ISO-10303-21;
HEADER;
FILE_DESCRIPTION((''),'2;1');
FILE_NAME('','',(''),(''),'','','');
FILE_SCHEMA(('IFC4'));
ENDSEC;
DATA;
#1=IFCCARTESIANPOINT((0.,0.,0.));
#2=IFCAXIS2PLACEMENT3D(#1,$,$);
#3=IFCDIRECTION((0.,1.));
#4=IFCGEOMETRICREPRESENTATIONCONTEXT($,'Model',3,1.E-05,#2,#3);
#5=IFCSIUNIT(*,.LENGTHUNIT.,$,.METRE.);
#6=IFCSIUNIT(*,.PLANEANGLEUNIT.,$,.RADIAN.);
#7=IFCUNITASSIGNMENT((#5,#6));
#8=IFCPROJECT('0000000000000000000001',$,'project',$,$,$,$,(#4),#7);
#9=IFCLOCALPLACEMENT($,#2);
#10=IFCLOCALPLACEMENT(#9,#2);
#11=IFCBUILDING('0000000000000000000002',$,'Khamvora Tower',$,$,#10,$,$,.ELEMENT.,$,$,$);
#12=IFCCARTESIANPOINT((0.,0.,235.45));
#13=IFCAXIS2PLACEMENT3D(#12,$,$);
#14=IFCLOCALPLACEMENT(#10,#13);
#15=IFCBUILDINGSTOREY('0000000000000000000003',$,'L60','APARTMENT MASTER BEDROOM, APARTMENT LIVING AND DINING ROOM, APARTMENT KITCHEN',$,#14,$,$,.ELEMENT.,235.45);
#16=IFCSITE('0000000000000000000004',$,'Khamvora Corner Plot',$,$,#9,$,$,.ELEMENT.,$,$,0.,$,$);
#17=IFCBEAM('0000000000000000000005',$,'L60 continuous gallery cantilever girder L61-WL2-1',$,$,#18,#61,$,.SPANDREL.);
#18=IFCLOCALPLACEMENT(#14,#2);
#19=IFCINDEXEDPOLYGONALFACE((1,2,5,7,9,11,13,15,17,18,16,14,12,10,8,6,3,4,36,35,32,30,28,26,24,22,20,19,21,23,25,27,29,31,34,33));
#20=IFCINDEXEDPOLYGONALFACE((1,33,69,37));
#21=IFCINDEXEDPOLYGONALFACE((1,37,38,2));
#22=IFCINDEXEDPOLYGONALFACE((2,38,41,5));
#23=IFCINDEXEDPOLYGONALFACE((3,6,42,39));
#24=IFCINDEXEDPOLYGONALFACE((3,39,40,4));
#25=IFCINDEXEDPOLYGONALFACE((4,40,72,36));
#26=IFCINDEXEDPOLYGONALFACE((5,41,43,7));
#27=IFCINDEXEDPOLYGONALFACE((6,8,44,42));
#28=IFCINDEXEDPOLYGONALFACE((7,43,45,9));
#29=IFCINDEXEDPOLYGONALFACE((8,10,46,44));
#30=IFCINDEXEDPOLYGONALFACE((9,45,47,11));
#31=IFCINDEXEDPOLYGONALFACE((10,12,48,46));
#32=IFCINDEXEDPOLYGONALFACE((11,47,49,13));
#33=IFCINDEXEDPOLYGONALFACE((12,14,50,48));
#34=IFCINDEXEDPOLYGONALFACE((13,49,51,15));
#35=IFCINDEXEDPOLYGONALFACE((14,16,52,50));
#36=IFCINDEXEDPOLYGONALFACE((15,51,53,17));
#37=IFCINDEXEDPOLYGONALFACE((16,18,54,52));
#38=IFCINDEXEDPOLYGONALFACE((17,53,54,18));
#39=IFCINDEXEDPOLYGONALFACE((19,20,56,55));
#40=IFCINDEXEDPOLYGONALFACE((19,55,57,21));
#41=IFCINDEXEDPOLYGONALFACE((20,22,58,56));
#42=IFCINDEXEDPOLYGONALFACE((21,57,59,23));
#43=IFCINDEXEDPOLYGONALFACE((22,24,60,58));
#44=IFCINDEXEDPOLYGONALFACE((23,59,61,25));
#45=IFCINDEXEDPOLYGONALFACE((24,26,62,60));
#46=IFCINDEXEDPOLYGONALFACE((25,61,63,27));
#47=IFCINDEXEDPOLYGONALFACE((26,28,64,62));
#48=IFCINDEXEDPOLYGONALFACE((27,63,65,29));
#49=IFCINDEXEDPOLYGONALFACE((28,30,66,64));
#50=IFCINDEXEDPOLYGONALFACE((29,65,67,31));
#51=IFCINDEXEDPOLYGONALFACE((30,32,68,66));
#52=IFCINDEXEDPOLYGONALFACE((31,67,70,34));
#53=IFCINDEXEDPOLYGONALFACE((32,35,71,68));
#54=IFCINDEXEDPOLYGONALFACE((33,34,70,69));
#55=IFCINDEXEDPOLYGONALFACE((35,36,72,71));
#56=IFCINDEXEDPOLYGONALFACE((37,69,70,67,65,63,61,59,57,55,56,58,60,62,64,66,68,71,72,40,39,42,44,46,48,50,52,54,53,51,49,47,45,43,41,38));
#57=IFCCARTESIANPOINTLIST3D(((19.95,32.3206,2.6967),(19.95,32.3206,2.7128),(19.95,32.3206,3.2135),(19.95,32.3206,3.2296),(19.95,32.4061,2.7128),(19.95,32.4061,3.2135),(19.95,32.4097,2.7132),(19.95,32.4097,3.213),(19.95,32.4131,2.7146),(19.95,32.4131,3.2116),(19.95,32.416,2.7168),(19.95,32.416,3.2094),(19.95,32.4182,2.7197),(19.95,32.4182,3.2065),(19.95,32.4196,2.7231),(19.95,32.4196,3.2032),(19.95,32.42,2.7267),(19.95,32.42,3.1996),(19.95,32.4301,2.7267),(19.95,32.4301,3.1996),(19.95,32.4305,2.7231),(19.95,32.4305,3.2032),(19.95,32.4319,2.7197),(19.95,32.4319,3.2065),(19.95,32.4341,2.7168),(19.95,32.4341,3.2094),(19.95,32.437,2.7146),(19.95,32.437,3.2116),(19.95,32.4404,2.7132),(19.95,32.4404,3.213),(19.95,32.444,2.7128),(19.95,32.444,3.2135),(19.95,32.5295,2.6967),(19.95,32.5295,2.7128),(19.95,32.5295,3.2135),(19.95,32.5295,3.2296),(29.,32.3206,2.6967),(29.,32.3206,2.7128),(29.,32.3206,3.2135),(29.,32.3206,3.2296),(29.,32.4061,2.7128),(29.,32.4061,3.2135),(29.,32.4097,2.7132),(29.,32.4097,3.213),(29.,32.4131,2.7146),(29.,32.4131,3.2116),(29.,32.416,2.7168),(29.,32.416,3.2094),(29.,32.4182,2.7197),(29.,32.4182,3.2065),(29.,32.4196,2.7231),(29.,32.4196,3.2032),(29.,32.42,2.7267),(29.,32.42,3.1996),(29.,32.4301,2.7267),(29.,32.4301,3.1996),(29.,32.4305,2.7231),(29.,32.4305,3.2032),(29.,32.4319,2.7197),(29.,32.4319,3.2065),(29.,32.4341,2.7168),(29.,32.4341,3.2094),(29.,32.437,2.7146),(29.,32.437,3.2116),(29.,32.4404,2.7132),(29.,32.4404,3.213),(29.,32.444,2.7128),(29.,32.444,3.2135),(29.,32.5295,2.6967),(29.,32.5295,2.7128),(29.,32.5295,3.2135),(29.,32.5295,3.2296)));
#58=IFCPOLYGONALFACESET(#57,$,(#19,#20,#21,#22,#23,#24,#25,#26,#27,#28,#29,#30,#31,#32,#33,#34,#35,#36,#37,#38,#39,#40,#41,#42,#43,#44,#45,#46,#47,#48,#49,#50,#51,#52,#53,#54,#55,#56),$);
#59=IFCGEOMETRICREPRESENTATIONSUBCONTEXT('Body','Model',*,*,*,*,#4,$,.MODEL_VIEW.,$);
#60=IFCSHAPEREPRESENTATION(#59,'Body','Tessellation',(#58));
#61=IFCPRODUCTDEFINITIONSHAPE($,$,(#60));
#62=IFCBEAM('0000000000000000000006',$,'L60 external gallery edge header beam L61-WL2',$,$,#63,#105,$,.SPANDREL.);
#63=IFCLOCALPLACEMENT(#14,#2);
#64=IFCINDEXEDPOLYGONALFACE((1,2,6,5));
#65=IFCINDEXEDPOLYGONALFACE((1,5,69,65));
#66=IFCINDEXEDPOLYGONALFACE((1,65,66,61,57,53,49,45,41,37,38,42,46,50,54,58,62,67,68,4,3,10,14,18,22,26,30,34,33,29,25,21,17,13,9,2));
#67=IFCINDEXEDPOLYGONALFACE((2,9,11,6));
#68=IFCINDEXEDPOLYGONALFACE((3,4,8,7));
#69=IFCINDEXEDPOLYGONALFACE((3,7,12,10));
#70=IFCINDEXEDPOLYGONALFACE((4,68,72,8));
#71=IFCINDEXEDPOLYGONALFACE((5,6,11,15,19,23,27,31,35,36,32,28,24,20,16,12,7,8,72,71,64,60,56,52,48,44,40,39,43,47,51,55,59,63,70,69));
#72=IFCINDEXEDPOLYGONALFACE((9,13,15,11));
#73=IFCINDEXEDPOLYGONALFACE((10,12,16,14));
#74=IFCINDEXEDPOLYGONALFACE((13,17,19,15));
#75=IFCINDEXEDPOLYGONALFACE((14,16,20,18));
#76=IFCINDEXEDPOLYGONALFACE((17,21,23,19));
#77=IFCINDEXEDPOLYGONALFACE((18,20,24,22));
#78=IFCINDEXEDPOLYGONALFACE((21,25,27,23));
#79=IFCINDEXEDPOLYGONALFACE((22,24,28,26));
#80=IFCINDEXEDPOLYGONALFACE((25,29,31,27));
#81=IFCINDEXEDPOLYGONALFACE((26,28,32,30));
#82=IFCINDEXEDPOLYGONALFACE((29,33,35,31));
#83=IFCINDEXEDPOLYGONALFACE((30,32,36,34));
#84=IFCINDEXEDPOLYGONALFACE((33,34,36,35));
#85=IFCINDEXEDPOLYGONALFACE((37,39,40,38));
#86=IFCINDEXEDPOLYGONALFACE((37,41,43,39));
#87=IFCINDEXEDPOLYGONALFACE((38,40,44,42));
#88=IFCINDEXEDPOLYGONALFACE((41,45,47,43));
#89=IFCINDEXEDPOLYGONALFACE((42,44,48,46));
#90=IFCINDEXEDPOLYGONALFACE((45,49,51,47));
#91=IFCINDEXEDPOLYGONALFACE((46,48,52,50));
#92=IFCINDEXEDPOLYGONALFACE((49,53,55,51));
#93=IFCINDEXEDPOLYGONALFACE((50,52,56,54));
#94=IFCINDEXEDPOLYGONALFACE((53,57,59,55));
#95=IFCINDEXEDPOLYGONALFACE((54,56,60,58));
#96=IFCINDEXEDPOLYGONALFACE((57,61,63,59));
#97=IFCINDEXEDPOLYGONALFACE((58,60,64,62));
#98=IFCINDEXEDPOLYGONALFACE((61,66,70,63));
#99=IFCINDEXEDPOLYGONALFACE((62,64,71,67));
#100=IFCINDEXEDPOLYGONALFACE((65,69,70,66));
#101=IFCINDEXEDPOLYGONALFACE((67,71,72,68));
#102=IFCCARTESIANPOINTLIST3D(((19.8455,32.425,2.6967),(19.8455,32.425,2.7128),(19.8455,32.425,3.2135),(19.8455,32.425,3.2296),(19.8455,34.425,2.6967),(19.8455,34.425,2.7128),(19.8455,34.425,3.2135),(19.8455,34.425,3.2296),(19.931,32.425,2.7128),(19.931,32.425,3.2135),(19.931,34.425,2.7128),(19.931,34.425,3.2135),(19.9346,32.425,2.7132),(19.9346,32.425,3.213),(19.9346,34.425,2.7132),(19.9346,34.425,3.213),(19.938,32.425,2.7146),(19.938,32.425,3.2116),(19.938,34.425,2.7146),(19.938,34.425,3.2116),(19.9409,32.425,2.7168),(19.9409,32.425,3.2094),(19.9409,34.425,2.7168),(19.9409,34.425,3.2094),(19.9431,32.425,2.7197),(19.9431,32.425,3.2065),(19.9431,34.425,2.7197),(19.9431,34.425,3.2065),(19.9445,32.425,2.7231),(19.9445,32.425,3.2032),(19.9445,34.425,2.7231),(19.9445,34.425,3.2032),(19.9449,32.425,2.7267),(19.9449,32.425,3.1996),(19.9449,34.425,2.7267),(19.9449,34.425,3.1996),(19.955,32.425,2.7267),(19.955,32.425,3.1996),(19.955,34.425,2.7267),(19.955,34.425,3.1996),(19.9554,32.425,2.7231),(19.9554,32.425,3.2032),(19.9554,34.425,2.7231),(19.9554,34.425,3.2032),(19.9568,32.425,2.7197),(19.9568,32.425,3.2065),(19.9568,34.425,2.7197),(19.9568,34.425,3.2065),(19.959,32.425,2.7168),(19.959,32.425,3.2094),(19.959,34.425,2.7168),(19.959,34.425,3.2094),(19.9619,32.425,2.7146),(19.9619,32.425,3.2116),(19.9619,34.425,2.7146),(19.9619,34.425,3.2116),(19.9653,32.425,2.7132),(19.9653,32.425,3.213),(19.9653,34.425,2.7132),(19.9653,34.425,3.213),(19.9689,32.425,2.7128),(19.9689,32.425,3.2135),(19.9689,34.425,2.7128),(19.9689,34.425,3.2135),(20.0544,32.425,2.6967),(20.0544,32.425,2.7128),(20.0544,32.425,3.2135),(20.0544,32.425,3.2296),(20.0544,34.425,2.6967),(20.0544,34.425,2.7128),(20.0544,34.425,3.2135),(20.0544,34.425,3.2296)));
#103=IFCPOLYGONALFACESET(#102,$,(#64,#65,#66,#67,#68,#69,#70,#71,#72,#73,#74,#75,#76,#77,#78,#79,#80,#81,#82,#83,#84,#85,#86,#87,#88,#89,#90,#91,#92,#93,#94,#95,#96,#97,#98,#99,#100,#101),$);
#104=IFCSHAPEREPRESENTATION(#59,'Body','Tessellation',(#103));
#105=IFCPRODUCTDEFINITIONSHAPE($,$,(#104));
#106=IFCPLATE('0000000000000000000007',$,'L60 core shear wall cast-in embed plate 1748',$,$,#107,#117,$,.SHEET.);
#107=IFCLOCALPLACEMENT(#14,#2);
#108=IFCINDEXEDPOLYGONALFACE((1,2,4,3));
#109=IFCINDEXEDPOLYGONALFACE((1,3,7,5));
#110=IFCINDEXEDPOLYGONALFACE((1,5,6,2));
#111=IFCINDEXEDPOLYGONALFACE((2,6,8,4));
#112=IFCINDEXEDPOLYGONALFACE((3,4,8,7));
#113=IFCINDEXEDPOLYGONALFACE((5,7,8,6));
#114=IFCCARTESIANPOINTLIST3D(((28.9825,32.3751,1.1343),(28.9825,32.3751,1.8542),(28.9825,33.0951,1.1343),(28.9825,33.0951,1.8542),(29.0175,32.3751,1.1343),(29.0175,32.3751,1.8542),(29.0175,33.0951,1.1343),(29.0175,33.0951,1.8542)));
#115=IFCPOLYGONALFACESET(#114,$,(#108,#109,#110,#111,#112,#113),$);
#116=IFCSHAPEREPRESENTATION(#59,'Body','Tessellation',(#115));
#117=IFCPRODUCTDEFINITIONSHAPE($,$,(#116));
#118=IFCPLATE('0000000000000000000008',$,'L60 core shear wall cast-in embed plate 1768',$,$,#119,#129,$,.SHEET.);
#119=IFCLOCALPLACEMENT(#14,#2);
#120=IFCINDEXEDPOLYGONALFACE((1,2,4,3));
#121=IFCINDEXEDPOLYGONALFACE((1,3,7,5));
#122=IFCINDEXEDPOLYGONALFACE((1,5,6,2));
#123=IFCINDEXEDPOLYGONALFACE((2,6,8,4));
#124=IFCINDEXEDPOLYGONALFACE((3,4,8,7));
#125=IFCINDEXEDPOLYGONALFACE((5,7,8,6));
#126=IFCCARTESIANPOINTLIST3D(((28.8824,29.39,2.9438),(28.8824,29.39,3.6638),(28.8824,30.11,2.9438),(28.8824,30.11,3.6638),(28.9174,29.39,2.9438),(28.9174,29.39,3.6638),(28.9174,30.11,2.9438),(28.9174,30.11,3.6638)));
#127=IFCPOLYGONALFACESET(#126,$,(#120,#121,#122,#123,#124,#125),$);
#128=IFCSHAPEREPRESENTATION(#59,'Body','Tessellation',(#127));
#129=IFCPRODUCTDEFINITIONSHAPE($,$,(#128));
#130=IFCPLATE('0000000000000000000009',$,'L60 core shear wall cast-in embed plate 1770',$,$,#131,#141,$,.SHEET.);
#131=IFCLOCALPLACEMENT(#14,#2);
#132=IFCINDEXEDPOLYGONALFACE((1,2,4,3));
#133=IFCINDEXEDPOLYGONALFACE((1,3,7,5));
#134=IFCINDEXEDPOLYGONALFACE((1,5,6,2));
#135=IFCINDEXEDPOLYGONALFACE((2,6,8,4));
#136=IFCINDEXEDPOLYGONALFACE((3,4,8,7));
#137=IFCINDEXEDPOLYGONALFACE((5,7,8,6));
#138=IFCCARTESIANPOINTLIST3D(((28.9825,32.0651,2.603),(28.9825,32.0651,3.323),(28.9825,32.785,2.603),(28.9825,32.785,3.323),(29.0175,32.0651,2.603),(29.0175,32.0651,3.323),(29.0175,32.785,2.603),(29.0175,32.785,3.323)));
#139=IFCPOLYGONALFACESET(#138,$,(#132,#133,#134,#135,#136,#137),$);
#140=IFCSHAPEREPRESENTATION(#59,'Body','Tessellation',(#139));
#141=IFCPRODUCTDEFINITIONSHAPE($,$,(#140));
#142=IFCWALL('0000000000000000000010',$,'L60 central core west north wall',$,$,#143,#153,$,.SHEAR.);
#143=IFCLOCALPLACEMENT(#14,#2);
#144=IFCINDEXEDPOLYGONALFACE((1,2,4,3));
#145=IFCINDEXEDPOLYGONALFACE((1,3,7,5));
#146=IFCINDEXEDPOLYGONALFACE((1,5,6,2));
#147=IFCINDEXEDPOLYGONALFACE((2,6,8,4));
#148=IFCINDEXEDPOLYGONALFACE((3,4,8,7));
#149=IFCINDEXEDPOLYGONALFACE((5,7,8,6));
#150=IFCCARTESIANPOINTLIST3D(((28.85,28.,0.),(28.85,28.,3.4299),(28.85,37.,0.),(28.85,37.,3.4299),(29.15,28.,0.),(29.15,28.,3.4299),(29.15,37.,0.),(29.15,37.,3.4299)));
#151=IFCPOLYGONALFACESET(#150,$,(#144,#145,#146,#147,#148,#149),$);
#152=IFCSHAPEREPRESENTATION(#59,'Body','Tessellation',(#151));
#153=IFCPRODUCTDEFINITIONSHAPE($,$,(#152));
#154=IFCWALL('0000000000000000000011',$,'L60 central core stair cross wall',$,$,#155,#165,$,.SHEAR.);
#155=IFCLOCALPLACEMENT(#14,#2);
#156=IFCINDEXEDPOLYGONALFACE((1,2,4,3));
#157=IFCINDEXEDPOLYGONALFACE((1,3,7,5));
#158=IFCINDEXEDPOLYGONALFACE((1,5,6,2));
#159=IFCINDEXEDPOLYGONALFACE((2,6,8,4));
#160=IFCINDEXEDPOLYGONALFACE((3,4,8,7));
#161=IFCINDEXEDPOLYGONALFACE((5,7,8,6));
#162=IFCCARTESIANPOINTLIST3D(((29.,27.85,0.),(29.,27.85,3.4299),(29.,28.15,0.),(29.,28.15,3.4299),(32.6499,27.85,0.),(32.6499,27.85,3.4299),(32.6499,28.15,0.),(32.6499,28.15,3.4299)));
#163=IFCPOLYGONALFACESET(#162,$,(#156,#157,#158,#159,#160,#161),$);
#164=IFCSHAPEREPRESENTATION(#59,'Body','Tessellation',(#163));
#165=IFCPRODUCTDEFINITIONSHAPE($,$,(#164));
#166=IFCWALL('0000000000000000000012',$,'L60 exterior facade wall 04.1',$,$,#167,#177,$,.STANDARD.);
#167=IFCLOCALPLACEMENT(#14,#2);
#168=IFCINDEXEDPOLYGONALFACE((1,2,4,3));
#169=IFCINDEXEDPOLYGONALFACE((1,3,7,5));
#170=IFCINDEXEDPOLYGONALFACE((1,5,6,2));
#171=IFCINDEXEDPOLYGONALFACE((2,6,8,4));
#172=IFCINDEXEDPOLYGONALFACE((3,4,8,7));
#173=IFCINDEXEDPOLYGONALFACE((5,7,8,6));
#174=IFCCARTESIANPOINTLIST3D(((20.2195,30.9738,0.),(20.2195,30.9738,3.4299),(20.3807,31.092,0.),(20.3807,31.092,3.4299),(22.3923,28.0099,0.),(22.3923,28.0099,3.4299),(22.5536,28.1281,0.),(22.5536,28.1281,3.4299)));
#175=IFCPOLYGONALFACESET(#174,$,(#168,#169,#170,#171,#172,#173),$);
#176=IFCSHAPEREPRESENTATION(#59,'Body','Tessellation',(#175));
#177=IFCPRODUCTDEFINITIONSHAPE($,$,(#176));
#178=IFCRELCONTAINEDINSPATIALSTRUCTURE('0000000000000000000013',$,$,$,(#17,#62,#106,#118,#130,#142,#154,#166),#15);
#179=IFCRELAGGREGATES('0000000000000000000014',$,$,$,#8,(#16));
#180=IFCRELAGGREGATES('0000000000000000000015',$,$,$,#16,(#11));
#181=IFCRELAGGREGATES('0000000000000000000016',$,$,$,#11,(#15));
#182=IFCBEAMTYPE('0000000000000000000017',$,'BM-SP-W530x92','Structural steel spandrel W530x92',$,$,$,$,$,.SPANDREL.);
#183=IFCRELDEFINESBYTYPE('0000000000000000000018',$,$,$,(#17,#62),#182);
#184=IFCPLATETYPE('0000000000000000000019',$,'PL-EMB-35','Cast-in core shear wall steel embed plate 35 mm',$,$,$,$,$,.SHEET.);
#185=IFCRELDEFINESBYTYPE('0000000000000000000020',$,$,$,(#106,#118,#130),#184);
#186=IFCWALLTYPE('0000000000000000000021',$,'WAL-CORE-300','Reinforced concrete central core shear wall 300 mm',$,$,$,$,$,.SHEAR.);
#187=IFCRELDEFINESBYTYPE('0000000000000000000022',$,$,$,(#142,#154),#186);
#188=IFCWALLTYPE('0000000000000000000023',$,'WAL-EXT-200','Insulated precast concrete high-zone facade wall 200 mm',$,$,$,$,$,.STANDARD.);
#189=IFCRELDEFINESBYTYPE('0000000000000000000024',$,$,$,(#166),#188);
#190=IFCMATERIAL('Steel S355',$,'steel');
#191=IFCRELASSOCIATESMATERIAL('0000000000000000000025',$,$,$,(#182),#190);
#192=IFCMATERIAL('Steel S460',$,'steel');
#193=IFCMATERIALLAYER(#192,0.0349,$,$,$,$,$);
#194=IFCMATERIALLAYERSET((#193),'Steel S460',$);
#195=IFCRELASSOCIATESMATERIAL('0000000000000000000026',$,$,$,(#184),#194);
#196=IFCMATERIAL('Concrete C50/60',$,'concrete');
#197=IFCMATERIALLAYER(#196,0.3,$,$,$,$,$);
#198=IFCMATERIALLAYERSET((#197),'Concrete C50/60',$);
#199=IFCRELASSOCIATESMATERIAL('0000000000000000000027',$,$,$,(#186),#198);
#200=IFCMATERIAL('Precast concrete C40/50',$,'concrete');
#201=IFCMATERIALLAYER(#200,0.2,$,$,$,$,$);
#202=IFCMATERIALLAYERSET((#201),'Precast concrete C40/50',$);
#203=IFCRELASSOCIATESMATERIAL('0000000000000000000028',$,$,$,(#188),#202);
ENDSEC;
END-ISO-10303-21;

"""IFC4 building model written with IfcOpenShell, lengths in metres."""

from ifc_helpers import new_model, si_unit, direction, frame, frame_2d, origin, origin_2d, place, context, subcontext, project, spatial, rectangle, i_section, extrude, material, layer, layer_set, material_profile, profile_set, type_object, element, save


model = new_model("IFC4")

# Units and contexts
model_context = context("Model", 3, precision=1e-05, world=origin(), true_north=direction((0.0, 1.0)))
body_context = subcontext(model_context, "Body", "Model", "MODEL_VIEW")
ifc_project = project(units=[si_unit("LENGTHUNIT", "METRE"), si_unit("PLANEANGLEUNIT", "RADIAN")], contexts=[model_context])

# Site, building, storey
site_placement = place(None, origin())
site = spatial("IfcSite", under=ifc_project, at=site_placement, Name="Khamvora Corner Plot", CompositionType="ELEMENT", RefElevation=0.0)
building_placement = place(site_placement, origin())
building = spatial("IfcBuilding", under=site, at=building_placement, Name="Khamvora Tower", CompositionType="ELEMENT")
storey_placement = place(building_placement, frame((0.0, 0.0, 235.45)))
storey = spatial("IfcBuildingStorey", under=building, at=storey_placement, Name="L60", Description="APARTMENT MASTER BEDROOM, APARTMENT LIVING AND DINING ROOM, APARTMENT KITCHEN", CompositionType="ELEMENT", Elevation=235.45)

# Beams
ifc_material_1 = material(Name="Steel S355", Category="steel")
ifc_material_profile_1 = material_profile(ifc_material_1, i_section(OverallWidth=0.209, OverallDepth=0.533, WebThickness=0.01, FlangeThickness=0.0161, FilletRadius=0.0139, at=origin_2d()), Name="W530x92")
ifc_profile_set_1 = profile_set([ifc_material_profile_1], Name="Steel S355")
beam_type_1 = type_object("IfcBeamType", Name="BM-SP-W530x92", Description="Structural steel spandrel W530x92", PredefinedType="SPANDREL", material=ifc_profile_set_1)
beam_1_placement = place(storey_placement, frame((29.0, 32.425, 2.9631), z_axis=(-1.0, 0.0, 0.0), x_axis=(0.0, -1.0, 0.0)))
element("IfcBeam", 1, at=beam_1_placement, inside=storey, type_object=beam_type_1, Name="L60 continuous gallery cantilever girder L61-WL2-1", PredefinedType="SPANDREL", context=body_context, shape_type="SweptSolid", body=[
    extrude(i_section(OverallWidth=0.209, OverallDepth=0.533, WebThickness=0.01, FlangeThickness=0.0161, FilletRadius=0.0139, at=origin_2d()), origin(), (0.0, 0.0, 1.0), 9.05),
])
beam_2_placement = place(storey_placement, frame((19.95, 32.425, 2.9631), z_axis=(0.0, 1.0, 0.0), x_axis=(-1.0, 0.0, 0.0)))
element("IfcBeam", 2, at=beam_2_placement, inside=storey, type_object=beam_type_1, Name="L60 external gallery edge header beam L61-WL2", PredefinedType="SPANDREL", context=body_context, shape_type="SweptSolid", body=[
    extrude(i_section(OverallWidth=0.209, OverallDepth=0.533, WebThickness=0.01, FlangeThickness=0.0161, FilletRadius=0.0139, at=origin_2d()), origin(), (0.0, 0.0, 1.0), 2.0),
])

# Plates
ifc_material_2 = material(Name="Steel S460", Category="steel")
ifc_layer_1 = layer(ifc_material_2, 0.0349)
ifc_layer_set_1 = layer_set([ifc_layer_1], Name="Steel S460")
plate_type = type_object("IfcPlateType", Name="PL-EMB-35", Description="Cast-in core shear wall steel embed plate 35 mm", PredefinedType="SHEET", material=ifc_layer_set_1)
for number, where, z_axis, x_axis, name in (
    (3, (29.0, 32.7351, 1.1343), (0.0, 0.0, 1.0), (1.0, 0.0, 0.0), "L60 core shear wall cast-in embed plate 1748"),
    (4, (28.8999, 29.75, 2.9438), (0.0, 0.0, 1.0), (1.0, 0.0, 0.0), "L60 core shear wall cast-in embed plate 1768"),
    (5, (29.0, 32.425, 2.603), (0.0, 0.0, 1.0), (1.0, 0.0, 0.0), "L60 core shear wall cast-in embed plate 1770"),
):
    element("IfcPlate", number, at=place(storey_placement, frame(where, z_axis=z_axis, x_axis=x_axis)), inside=storey, type_object=plate_type, Name=name, PredefinedType="SHEET", context=body_context, shape_type="SweptSolid", body=[
        extrude(rectangle(XDim=0.0349, YDim=0.72, at=origin_2d()), origin(), (0.0, 0.0, 1.0), 0.72),
    ])

# Walls
ifc_material_3 = material(Name="Concrete C50/60", Category="concrete")
ifc_layer_2 = layer(ifc_material_3, 0.3)
ifc_layer_set_2 = layer_set([ifc_layer_2], Name="Concrete C50/60")
wall_type_1 = type_object("IfcWallType", Name="WAL-CORE-300", Description="Reinforced concrete central core shear wall 300 mm", PredefinedType="SHEAR", material=ifc_layer_set_2)
wall_1_placement = place(storey_placement, frame((29.0, 28.0, 0.0), z_axis=(0.0, 0.0, 1.0), x_axis=(0.0, 1.0, 0.0)))
element("IfcWall", 6, at=wall_1_placement, inside=storey, type_object=wall_type_1, Name="L60 central core west north wall", PredefinedType="SHEAR", context=body_context, shape_type="SweptSolid", body=[
    extrude(rectangle(XDim=9.0, YDim=0.3, at=frame_2d((4.5, 0.0))), origin(), (0.0, 0.0, 1.0), 3.4299),
])
wall_2_placement = place(storey_placement, frame((29.0, 28.0, 0.0), z_axis=(0.0, 0.0, 1.0), x_axis=(1.0, 0.0, 0.0)))
element("IfcWall", 7, at=wall_2_placement, inside=storey, type_object=wall_type_1, Name="L60 central core stair cross wall", PredefinedType="SHEAR", context=body_context, shape_type="SweptSolid", body=[
    extrude(rectangle(XDim=3.6499, YDim=0.3, at=frame_2d((1.825, 0.0))), origin(), (0.0, 0.0, 1.0), 3.4299),
])

# Wall
ifc_material_4 = material(Name="Precast concrete C40/50", Category="concrete")
ifc_layer_3 = layer(ifc_material_4, 0.2)
ifc_layer_set_3 = layer_set([ifc_layer_3], Name="Precast concrete C40/50")
wall_type_2 = type_object("IfcWallType", Name="WAL-EXT-200", Description="Insulated precast concrete high-zone facade wall 200 mm", PredefinedType="STANDARD", material=ifc_layer_set_3)
wall_3_placement = place(storey_placement, frame((22.4729, 28.0691, 0.0), z_axis=(0.0, 0.0, 1.0), x_axis=(-0.591248, 0.806489, 0.0)))
element("IfcWall", 8, at=wall_3_placement, inside=storey, type_object=wall_type_2, Name="L60 exterior facade wall 04.1", PredefinedType="STANDARD", context=body_context, shape_type="SweptSolid", body=[
    extrude(rectangle(XDim=3.675, YDim=0.2, at=frame_2d((1.8374, 0.0))), origin(), (0.0, 0.0, 1.0), 3.4299),
])

save(model, "model.ifc")
